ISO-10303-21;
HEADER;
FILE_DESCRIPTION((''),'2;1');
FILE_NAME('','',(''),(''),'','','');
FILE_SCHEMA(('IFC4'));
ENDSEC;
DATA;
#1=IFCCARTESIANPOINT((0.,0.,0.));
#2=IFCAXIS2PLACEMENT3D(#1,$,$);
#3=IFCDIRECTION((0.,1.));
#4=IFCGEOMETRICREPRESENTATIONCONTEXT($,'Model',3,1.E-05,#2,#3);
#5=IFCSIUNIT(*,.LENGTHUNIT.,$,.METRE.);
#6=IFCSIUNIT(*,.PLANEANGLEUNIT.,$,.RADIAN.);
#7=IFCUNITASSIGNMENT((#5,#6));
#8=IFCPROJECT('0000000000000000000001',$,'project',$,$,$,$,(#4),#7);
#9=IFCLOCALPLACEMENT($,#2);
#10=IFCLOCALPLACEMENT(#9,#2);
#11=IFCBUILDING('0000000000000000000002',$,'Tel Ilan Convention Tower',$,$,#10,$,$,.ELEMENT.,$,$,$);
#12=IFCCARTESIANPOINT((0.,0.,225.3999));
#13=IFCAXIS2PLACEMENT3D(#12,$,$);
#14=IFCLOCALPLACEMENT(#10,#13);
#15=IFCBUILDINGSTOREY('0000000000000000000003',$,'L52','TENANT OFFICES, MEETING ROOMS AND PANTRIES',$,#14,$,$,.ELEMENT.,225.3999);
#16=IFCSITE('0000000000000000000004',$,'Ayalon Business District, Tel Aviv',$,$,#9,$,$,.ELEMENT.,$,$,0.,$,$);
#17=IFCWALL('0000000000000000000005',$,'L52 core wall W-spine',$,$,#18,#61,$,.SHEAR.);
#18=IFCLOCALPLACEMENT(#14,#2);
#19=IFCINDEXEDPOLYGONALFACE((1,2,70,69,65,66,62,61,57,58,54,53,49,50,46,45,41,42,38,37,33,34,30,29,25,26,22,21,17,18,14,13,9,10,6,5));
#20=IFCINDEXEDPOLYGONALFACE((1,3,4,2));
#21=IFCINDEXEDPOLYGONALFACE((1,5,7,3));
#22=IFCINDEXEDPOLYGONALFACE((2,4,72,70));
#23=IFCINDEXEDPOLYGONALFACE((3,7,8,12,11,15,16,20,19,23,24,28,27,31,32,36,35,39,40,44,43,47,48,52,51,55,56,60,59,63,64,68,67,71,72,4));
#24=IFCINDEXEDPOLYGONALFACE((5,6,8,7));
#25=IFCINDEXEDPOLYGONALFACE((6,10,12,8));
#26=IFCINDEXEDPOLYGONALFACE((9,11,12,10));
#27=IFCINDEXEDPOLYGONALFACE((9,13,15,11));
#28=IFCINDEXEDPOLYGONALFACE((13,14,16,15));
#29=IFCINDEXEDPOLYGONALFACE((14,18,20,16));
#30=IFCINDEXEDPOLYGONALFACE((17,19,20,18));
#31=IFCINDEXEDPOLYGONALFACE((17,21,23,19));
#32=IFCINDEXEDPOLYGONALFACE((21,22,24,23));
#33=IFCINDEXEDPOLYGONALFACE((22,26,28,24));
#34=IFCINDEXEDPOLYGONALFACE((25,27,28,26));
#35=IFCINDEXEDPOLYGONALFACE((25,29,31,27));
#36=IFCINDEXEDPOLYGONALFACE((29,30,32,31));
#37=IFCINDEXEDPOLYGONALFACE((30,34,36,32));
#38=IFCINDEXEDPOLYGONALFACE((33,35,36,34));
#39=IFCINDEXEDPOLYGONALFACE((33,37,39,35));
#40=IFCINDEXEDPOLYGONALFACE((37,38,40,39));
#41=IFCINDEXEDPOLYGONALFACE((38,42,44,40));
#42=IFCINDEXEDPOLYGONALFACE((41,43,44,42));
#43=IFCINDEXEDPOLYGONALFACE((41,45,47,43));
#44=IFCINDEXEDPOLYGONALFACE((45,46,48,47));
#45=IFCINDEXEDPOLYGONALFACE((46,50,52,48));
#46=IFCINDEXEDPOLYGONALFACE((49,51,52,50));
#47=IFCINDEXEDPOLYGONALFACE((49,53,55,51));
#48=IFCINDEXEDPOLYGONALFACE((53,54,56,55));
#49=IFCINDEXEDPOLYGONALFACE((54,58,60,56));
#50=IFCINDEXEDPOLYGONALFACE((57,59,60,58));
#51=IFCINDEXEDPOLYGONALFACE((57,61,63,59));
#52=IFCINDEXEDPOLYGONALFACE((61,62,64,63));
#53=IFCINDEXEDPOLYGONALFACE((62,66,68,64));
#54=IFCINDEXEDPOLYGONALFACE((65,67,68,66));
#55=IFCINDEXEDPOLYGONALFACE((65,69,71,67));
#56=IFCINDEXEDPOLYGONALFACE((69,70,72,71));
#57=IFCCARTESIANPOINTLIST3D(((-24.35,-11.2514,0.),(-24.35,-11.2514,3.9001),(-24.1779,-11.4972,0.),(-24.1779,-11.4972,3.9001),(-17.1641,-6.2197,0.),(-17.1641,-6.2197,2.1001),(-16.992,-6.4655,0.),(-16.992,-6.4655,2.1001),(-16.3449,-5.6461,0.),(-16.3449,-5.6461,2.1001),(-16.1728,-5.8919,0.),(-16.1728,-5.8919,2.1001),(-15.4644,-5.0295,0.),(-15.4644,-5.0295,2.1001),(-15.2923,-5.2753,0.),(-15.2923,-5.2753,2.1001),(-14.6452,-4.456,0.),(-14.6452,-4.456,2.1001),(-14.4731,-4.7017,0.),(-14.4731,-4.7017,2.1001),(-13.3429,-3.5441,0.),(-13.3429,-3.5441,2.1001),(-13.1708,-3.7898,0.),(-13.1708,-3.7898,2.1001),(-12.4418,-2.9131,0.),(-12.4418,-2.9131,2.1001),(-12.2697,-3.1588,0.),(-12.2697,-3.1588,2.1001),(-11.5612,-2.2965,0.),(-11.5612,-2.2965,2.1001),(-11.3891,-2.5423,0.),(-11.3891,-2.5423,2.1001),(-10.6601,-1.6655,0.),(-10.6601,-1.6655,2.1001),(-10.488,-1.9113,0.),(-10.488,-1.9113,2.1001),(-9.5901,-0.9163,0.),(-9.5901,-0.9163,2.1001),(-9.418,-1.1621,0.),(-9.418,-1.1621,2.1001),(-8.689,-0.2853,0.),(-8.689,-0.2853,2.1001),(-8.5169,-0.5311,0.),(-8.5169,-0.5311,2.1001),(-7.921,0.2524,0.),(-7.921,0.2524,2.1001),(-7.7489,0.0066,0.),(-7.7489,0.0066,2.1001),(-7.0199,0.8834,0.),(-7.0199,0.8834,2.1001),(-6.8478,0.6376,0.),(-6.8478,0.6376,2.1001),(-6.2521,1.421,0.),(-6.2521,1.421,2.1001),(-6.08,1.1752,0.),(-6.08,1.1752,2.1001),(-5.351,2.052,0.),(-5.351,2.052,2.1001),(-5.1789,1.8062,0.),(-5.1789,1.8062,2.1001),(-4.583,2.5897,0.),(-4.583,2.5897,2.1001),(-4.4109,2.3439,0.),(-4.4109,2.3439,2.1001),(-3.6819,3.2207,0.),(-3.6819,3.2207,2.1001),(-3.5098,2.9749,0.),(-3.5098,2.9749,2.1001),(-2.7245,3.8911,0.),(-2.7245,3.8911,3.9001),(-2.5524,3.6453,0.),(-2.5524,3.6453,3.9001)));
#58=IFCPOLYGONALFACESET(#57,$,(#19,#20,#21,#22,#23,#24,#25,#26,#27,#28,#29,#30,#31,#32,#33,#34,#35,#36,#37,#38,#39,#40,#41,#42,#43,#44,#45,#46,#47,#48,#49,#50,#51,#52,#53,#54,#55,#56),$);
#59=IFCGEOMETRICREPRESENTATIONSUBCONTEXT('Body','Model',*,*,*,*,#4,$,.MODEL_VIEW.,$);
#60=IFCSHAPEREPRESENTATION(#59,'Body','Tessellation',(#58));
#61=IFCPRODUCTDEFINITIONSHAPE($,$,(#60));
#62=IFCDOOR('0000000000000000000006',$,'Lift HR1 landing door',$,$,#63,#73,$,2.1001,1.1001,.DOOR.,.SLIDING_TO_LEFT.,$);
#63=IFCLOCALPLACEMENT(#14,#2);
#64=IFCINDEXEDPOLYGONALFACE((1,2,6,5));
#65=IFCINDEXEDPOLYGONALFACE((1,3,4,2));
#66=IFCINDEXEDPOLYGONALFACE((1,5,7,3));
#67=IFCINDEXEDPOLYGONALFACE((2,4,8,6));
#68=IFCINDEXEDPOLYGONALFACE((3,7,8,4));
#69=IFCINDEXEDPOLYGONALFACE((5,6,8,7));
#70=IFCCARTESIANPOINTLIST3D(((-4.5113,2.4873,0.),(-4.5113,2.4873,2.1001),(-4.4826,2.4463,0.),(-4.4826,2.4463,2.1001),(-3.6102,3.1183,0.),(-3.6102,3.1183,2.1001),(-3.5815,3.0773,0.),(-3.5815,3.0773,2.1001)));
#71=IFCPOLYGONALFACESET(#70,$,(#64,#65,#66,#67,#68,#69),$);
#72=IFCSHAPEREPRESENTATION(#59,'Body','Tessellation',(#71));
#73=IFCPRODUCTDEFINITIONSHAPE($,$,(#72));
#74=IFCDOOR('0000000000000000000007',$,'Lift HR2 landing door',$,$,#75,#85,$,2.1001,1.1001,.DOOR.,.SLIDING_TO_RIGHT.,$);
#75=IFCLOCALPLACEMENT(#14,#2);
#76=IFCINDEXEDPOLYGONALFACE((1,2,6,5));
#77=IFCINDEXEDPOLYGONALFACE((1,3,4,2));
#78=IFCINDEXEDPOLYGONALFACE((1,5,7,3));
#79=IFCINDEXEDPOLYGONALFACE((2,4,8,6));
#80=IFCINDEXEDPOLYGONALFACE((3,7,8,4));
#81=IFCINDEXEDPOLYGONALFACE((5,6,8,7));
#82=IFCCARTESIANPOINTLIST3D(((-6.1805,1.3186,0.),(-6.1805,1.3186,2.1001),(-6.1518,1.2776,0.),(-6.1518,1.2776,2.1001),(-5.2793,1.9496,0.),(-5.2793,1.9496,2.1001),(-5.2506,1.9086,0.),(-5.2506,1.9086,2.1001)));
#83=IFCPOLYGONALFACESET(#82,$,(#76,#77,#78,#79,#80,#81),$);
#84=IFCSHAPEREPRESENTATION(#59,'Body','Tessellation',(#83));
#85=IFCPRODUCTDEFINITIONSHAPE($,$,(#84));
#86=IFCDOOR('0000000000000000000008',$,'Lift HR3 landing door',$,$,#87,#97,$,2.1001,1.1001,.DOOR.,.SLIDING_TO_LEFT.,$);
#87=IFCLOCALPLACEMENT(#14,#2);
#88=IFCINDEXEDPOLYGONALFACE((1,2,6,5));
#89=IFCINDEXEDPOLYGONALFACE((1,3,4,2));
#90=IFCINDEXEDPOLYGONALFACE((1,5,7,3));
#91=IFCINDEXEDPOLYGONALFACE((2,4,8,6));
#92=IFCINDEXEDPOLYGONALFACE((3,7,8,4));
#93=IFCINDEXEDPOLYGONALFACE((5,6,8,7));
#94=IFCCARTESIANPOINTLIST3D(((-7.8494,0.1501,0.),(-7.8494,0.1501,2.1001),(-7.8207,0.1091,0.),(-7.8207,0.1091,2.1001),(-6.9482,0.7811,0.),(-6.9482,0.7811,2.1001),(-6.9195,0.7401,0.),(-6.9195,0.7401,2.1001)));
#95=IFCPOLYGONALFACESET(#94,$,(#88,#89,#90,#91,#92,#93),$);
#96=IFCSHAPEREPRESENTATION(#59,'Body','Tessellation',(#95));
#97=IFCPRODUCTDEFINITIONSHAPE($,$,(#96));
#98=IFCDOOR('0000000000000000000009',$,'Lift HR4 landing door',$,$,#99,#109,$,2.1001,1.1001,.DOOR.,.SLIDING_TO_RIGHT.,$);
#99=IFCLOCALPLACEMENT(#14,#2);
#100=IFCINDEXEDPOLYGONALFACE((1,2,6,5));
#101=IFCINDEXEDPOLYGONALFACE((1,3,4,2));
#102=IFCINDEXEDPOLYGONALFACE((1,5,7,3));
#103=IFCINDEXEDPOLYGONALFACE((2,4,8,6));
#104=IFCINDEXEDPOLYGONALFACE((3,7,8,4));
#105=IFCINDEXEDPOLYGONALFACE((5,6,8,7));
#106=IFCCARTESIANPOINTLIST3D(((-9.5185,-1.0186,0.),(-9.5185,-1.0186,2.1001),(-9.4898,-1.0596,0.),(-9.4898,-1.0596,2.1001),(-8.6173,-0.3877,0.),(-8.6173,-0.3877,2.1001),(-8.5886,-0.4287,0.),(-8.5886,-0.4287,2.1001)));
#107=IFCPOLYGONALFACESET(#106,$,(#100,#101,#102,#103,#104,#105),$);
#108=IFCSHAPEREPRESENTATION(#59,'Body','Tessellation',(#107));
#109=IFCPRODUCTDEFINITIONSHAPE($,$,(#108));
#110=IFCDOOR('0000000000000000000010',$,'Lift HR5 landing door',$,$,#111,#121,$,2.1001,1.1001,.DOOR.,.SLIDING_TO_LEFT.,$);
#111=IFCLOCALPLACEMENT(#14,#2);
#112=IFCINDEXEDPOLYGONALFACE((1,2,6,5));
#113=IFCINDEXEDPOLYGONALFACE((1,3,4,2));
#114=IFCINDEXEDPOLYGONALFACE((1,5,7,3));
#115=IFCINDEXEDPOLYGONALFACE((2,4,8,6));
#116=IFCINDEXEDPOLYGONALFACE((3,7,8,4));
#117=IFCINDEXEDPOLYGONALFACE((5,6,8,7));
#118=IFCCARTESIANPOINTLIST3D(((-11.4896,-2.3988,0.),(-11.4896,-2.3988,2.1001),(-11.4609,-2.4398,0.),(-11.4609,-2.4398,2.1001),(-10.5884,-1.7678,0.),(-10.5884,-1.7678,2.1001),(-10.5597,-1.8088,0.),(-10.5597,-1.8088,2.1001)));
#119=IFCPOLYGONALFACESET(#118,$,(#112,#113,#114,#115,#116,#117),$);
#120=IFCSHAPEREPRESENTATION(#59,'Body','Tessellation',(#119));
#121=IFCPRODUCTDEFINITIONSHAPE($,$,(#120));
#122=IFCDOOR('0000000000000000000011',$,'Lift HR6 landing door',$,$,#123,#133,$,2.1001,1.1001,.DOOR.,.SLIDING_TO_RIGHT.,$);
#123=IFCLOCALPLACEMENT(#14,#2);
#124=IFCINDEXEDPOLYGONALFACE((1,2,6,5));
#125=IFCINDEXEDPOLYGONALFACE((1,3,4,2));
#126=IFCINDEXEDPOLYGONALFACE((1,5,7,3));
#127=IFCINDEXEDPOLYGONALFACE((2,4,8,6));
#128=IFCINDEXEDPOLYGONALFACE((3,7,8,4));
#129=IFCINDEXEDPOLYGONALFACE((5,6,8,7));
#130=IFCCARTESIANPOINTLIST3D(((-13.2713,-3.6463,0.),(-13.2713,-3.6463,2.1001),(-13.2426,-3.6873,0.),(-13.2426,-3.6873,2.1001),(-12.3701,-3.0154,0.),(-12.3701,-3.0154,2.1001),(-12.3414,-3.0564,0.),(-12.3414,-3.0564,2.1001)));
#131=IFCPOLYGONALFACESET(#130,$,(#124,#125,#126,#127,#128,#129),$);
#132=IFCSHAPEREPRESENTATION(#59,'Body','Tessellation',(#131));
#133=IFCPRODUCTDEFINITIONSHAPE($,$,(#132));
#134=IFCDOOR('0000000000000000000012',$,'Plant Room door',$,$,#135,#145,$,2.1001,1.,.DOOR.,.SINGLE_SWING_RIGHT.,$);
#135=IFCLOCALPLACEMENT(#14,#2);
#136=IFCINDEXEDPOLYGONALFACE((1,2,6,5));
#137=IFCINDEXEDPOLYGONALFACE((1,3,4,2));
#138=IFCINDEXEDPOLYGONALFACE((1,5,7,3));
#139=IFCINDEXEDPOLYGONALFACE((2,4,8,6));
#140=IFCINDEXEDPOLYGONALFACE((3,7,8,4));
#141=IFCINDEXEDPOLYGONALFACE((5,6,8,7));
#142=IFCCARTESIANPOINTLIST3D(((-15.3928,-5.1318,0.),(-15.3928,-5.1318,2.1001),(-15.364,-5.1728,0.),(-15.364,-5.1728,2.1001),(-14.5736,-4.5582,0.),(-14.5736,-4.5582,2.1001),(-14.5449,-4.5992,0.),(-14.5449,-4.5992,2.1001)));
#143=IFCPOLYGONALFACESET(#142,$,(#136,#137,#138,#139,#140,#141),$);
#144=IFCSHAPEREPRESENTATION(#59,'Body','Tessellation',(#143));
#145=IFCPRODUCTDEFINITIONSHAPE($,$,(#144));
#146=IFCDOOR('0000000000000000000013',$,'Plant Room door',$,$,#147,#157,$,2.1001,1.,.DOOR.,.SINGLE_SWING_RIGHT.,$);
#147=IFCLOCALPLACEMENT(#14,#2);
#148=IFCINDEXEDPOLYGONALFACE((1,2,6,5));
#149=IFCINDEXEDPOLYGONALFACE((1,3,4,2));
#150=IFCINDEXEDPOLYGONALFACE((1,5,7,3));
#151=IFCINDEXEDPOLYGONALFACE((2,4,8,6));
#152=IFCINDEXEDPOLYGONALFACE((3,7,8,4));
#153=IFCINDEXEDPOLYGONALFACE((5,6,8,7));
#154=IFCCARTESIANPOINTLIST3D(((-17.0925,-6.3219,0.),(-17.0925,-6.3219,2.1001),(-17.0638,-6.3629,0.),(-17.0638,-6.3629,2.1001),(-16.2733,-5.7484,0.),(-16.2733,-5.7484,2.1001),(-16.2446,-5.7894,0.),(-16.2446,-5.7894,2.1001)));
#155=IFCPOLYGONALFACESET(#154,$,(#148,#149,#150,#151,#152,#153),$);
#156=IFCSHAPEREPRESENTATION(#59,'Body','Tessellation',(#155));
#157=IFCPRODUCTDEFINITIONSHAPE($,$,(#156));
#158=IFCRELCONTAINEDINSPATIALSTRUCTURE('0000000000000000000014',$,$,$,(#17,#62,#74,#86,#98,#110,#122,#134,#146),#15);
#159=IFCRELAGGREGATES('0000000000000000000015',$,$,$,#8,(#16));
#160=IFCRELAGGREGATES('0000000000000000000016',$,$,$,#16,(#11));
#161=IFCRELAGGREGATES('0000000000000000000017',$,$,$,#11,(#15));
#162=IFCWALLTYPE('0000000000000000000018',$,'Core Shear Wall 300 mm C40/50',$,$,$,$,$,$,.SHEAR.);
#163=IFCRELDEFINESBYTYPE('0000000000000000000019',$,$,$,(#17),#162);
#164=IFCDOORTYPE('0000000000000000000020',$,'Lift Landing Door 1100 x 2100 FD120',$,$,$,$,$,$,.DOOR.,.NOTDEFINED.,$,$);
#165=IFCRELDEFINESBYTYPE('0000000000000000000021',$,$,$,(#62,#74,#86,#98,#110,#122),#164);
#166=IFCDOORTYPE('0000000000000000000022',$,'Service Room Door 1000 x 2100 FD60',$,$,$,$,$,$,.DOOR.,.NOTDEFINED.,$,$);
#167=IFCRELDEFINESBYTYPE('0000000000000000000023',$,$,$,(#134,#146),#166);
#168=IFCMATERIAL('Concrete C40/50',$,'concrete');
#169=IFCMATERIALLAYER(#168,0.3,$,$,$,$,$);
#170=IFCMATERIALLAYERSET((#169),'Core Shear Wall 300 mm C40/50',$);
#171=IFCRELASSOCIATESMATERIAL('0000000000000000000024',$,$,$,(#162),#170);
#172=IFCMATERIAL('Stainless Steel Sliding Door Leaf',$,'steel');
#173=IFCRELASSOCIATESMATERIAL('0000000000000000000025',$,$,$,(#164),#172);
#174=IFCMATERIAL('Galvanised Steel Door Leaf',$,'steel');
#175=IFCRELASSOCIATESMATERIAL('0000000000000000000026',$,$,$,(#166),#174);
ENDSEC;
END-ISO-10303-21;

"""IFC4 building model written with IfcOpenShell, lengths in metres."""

from ifc_helpers import new_model, si_unit, direction, frame, frame_2d, origin, place, context, subcontext, project, spatial, polyline, rectangle, outline, extrude, material, layer, layer_set, type_object, element, fill, save


model = new_model("IFC4")

# Units and contexts
model_context = context("Model", 3, precision=1e-05, world=origin(), true_north=direction((0.0, 1.0)))
body_context = subcontext(model_context, "Body", "Model", "MODEL_VIEW")
ifc_project = project(units=[si_unit("LENGTHUNIT", "METRE"), si_unit("PLANEANGLEUNIT", "RADIAN")], contexts=[model_context])

# Site, building, storey
site_placement = place(None, origin())
site = spatial("IfcSite", under=ifc_project, at=site_placement, Name="Ayalon Business District, Tel Aviv", CompositionType="ELEMENT", RefElevation=0.0)
building_placement = place(site_placement, origin())
building = spatial("IfcBuilding", under=site, at=building_placement, Name="Tel Ilan Convention Tower", CompositionType="ELEMENT")
storey_placement = place(building_placement, frame((0.0, 0.0, 225.3999)))
storey = spatial("IfcBuildingStorey", under=building, at=storey_placement, Name="L52", Description="TENANT OFFICES, MEETING ROOMS AND PANTRIES", CompositionType="ELEMENT", Elevation=225.3999)

# Wall, openings, doors
ifc_material_1 = material(Name="Concrete C40/50", Category="concrete")
ifc_layer_1 = layer(ifc_material_1, 0.3)
ifc_layer_set_1 = layer_set([ifc_layer_1], Name="Core Shear Wall 300 mm C40/50")
wall_type_1 = type_object("IfcWallType", Name="Core Shear Wall 300 mm C40/50", PredefinedType="SHEAR", material=ifc_layer_set_1)
wall_1_placement = place(storey_placement, frame((-2.6384, 3.7681, 0.0), z_axis=(0.0, 0.0, 1.0), x_axis=(-0.819155, -0.573572, 0.0)))
wall_1 = element("IfcWall", 1, at=wall_1_placement, inside=storey, type_object=wall_type_1, Name="L52 core wall W-spine", PredefinedType="SHEAR", context=body_context, shape_type="SweptSolid", body=[
    extrude(outline(polyline([(26.3999, 0.1501), (0.0, 0.1499), (0.0, -0.1501), (26.3999, -0.1499), (26.3999, 0.1501)])), origin(), (0.0, 0.0, 1.0), 3.9001),
])
opening_1_placement = place(wall_1_placement, frame((1.1687, 0.0, 0.0)))
opening_1 = element("IfcOpeningElement", 2, at=opening_1_placement, cuts=wall_1, PredefinedType="OPENING", context=body_context, shape_type="SweptSolid", body=[
    extrude(rectangle(XDim=1.1001, YDim=2.1001, at=frame_2d((0.55, 1.05))), frame((0.0, 0.1599, 0.0), z_axis=(0.0, -1.0, 0.0), x_axis=(1.0, 0.0, 0.0)), (0.0, 0.0, 1.0), 0.3201),
])
opening_2_placement = place(wall_1_placement, frame((3.2063, 0.0, 0.0)))
opening_2 = element("IfcOpeningElement", 3, at=opening_2_placement, cuts=wall_1, PredefinedType="OPENING", context=body_context, shape_type="SweptSolid", body=[
    extrude(rectangle(XDim=1.1001, YDim=2.1001, at=frame_2d((0.55, 1.05))), frame((0.0, 0.1599, 0.0), z_axis=(0.0, -1.0, 0.0), x_axis=(1.0, 0.0, 0.0)), (0.0, 0.0, 1.0), 0.3201),
])
opening_3_placement = place(wall_1_placement, frame((5.2437, 0.0, 0.0)))
opening_3 = element("IfcOpeningElement", 4, at=opening_3_placement, cuts=wall_1, PredefinedType="OPENING", context=body_context, shape_type="SweptSolid", body=[
    extrude(rectangle(XDim=1.1001, YDim=2.1001, at=frame_2d((0.55, 1.05))), frame((0.0, 0.1599, 0.0), z_axis=(0.0, -1.0, 0.0), x_axis=(1.0, 0.0, 0.0)), (0.0, 0.0, 1.0), 0.3201),
])
opening_4_placement = place(wall_1_placement, frame((7.2812, 0.0, 0.0)))
opening_4 = element("IfcOpeningElement", 5, at=opening_4_placement, cuts=wall_1, PredefinedType="OPENING", context=body_context, shape_type="SweptSolid", body=[
    extrude(rectangle(XDim=1.1001, YDim=2.1001, at=frame_2d((0.55, 1.05))), frame((0.0, 0.1599, 0.0), z_axis=(0.0, -1.0, 0.0), x_axis=(1.0, 0.0, 0.0)), (0.0, 0.0, 1.0), 0.3201),
])
opening_5_placement = place(wall_1_placement, frame((9.6875, 0.0, 0.0)))
opening_5 = element("IfcOpeningElement", 6, at=opening_5_placement, cuts=wall_1, PredefinedType="OPENING", context=body_context, shape_type="SweptSolid", body=[
    extrude(rectangle(XDim=1.1001, YDim=2.1001, at=frame_2d((0.55, 1.05))), frame((0.0, 0.1599, 0.0), z_axis=(0.0, -1.0, 0.0), x_axis=(1.0, 0.0, 0.0)), (0.0, 0.0, 1.0), 0.3201),
])
opening_6_placement = place(wall_1_placement, frame((11.8625, 0.0, 0.0)))
opening_6 = element("IfcOpeningElement", 7, at=opening_6_placement, cuts=wall_1, PredefinedType="OPENING", context=body_context, shape_type="SweptSolid", body=[
    extrude(rectangle(XDim=1.1001, YDim=2.1001, at=frame_2d((0.55, 1.05))), frame((0.0, 0.1599, 0.0), z_axis=(0.0, -1.0, 0.0), x_axis=(1.0, 0.0, 0.0)), (0.0, 0.0, 1.0), 0.3201),
])
opening_7_placement = place(wall_1_placement, frame((14.5525, 0.0, 0.0)))
opening_7 = element("IfcOpeningElement", 8, at=opening_7_placement, cuts=wall_1, PredefinedType="OPENING", context=body_context, shape_type="SweptSolid", body=[
    extrude(rectangle(XDim=1.0, YDim=2.1001, at=frame_2d((0.5, 1.05))), frame((0.0, 0.1599, 0.0), z_axis=(0.0, -1.0, 0.0), x_axis=(1.0, 0.0, 0.0)), (0.0, 0.0, 1.0), 0.3201),
])
opening_8_placement = place(wall_1_placement, frame((16.6274, 0.0, 0.0)))
opening_8 = element("IfcOpeningElement", 9, at=opening_8_placement, cuts=wall_1, PredefinedType="OPENING", context=body_context, shape_type="SweptSolid", body=[
    extrude(rectangle(XDim=1.0, YDim=2.1001, at=frame_2d((0.5, 1.05))), frame((0.0, 0.1599, 0.0), z_axis=(0.0, -1.0, 0.0), x_axis=(1.0, 0.0, 0.0)), (0.0, 0.0, 1.0), 0.3201),
])
ifc_material_2 = material(Name="Stainless Steel Sliding Door Leaf", Category="steel")
door_type_1 = type_object("IfcDoorType", Name="Lift Landing Door 1100 x 2100 FD120", OperationType="NOTDEFINED", PredefinedType="DOOR", material=ifc_material_2)
door_1_placement = place(opening_1_placement, origin())
door_1 = element("IfcDoor", 10, at=door_1_placement, inside=storey, type_object=door_type_1, Name="Lift HR1 landing door", OperationType="SLIDING_TO_LEFT", OverallHeight=2.1001, OverallWidth=1.1001, PredefinedType="DOOR", context=body_context, shape_type="SweptSolid", body=[
    extrude(rectangle(XDim=1.1001, YDim=2.1001, at=frame_2d((0.55, 1.05))), frame((0.0, 0.0249, 0.0), z_axis=(0.0, -1.0, 0.0), x_axis=(1.0, 0.0, 0.0)), (0.0, 0.0, 1.0), 0.05),
])
fill(opening_1, door_1)
door_2_placement = place(opening_2_placement, origin())
door_2 = element("IfcDoor", 11, at=door_2_placement, inside=storey, type_object=door_type_1, Name="Lift HR2 landing door", OperationType="SLIDING_TO_RIGHT", OverallHeight=2.1001, OverallWidth=1.1001, PredefinedType="DOOR", context=body_context, shape_type="SweptSolid", body=[
    extrude(rectangle(XDim=1.1001, YDim=2.1001, at=frame_2d((0.55, 1.05))), frame((0.0, 0.0249, 0.0), z_axis=(0.0, -1.0, 0.0), x_axis=(1.0, 0.0, 0.0)), (0.0, 0.0, 1.0), 0.05),
])
fill(opening_2, door_2)
door_3_placement = place(opening_3_placement, origin())
door_3 = element("IfcDoor", 12, at=door_3_placement, inside=storey, type_object=door_type_1, Name="Lift HR3 landing door", OperationType="SLIDING_TO_LEFT", OverallHeight=2.1001, OverallWidth=1.1001, PredefinedType="DOOR", context=body_context, shape_type="SweptSolid", body=[
    extrude(rectangle(XDim=1.1001, YDim=2.1001, at=frame_2d((0.55, 1.05))), frame((0.0, 0.0249, 0.0), z_axis=(0.0, -1.0, 0.0), x_axis=(1.0, 0.0, 0.0)), (0.0, 0.0, 1.0), 0.05),
])
fill(opening_3, door_3)
door_4_placement = place(opening_4_placement, origin())
door_4 = element("IfcDoor", 13, at=door_4_placement, inside=storey, type_object=door_type_1, Name="Lift HR4 landing door", OperationType="SLIDING_TO_RIGHT", OverallHeight=2.1001, OverallWidth=1.1001, PredefinedType="DOOR", context=body_context, shape_type="SweptSolid", body=[
    extrude(rectangle(XDim=1.1001, YDim=2.1001, at=frame_2d((0.55, 1.05))), frame((0.0, 0.0249, 0.0), z_axis=(0.0, -1.0, 0.0), x_axis=(1.0, 0.0, 0.0)), (0.0, 0.0, 1.0), 0.05),
])
fill(opening_4, door_4)
door_5_placement = place(opening_5_placement, origin())
door_5 = element("IfcDoor", 14, at=door_5_placement, inside=storey, type_object=door_type_1, Name="Lift HR5 landing door", OperationType="SLIDING_TO_LEFT", OverallHeight=2.1001, OverallWidth=1.1001, PredefinedType="DOOR", context=body_context, shape_type="SweptSolid", body=[
    extrude(rectangle(XDim=1.1001, YDim=2.1001, at=frame_2d((0.55, 1.05))), frame((0.0, 0.0249, 0.0), z_axis=(0.0, -1.0, 0.0), x_axis=(1.0, 0.0, 0.0)), (0.0, 0.0, 1.0), 0.05),
])
fill(opening_5, door_5)
door_6_placement = place(opening_6_placement, origin())
door_6 = element("IfcDoor", 15, at=door_6_placement, inside=storey, type_object=door_type_1, Name="Lift HR6 landing door", OperationType="SLIDING_TO_RIGHT", OverallHeight=2.1001, OverallWidth=1.1001, PredefinedType="DOOR", context=body_context, shape_type="SweptSolid", body=[
    extrude(rectangle(XDim=1.1001, YDim=2.1001, at=frame_2d((0.55, 1.05))), frame((0.0, 0.0249, 0.0), z_axis=(0.0, -1.0, 0.0), x_axis=(1.0, 0.0, 0.0)), (0.0, 0.0, 1.0), 0.05),
])
fill(opening_6, door_6)
ifc_material_3 = material(Name="Galvanised Steel Door Leaf", Category="steel")
door_type_2 = type_object("IfcDoorType", Name="Service Room Door 1000 x 2100 FD60", OperationType="NOTDEFINED", PredefinedType="DOOR", material=ifc_material_3)
door_7_placement = place(opening_7_placement, origin())
door_7 = element("IfcDoor", 16, at=door_7_placement, inside=storey, type_object=door_type_2, Name="Plant Room door", OperationType="SINGLE_SWING_RIGHT", OverallHeight=2.1001, OverallWidth=1.0, PredefinedType="DOOR", context=body_context, shape_type="SweptSolid", body=[
    extrude(rectangle(XDim=1.0, YDim=2.1001, at=frame_2d((0.5, 1.05))), frame((0.0, 0.0249, 0.0), z_axis=(0.0, -1.0, 0.0), x_axis=(1.0, 0.0, 0.0)), (0.0, 0.0, 1.0), 0.05),
])
fill(opening_7, door_7)
door_8_placement = place(opening_8_placement, origin())
door_8 = element("IfcDoor", 17, at=door_8_placement, inside=storey, type_object=door_type_2, Name="Plant Room door", OperationType="SINGLE_SWING_RIGHT", OverallHeight=2.1001, OverallWidth=1.0, PredefinedType="DOOR", context=body_context, shape_type="SweptSolid", body=[
    extrude(rectangle(XDim=1.0, YDim=2.1001, at=frame_2d((0.5, 1.05))), frame((0.0, 0.0249, 0.0), z_axis=(0.0, -1.0, 0.0), x_axis=(1.0, 0.0, 0.0)), (0.0, 0.0, 1.0), 0.05),
])
fill(opening_8, door_8)

save(model, "model.ifc")
